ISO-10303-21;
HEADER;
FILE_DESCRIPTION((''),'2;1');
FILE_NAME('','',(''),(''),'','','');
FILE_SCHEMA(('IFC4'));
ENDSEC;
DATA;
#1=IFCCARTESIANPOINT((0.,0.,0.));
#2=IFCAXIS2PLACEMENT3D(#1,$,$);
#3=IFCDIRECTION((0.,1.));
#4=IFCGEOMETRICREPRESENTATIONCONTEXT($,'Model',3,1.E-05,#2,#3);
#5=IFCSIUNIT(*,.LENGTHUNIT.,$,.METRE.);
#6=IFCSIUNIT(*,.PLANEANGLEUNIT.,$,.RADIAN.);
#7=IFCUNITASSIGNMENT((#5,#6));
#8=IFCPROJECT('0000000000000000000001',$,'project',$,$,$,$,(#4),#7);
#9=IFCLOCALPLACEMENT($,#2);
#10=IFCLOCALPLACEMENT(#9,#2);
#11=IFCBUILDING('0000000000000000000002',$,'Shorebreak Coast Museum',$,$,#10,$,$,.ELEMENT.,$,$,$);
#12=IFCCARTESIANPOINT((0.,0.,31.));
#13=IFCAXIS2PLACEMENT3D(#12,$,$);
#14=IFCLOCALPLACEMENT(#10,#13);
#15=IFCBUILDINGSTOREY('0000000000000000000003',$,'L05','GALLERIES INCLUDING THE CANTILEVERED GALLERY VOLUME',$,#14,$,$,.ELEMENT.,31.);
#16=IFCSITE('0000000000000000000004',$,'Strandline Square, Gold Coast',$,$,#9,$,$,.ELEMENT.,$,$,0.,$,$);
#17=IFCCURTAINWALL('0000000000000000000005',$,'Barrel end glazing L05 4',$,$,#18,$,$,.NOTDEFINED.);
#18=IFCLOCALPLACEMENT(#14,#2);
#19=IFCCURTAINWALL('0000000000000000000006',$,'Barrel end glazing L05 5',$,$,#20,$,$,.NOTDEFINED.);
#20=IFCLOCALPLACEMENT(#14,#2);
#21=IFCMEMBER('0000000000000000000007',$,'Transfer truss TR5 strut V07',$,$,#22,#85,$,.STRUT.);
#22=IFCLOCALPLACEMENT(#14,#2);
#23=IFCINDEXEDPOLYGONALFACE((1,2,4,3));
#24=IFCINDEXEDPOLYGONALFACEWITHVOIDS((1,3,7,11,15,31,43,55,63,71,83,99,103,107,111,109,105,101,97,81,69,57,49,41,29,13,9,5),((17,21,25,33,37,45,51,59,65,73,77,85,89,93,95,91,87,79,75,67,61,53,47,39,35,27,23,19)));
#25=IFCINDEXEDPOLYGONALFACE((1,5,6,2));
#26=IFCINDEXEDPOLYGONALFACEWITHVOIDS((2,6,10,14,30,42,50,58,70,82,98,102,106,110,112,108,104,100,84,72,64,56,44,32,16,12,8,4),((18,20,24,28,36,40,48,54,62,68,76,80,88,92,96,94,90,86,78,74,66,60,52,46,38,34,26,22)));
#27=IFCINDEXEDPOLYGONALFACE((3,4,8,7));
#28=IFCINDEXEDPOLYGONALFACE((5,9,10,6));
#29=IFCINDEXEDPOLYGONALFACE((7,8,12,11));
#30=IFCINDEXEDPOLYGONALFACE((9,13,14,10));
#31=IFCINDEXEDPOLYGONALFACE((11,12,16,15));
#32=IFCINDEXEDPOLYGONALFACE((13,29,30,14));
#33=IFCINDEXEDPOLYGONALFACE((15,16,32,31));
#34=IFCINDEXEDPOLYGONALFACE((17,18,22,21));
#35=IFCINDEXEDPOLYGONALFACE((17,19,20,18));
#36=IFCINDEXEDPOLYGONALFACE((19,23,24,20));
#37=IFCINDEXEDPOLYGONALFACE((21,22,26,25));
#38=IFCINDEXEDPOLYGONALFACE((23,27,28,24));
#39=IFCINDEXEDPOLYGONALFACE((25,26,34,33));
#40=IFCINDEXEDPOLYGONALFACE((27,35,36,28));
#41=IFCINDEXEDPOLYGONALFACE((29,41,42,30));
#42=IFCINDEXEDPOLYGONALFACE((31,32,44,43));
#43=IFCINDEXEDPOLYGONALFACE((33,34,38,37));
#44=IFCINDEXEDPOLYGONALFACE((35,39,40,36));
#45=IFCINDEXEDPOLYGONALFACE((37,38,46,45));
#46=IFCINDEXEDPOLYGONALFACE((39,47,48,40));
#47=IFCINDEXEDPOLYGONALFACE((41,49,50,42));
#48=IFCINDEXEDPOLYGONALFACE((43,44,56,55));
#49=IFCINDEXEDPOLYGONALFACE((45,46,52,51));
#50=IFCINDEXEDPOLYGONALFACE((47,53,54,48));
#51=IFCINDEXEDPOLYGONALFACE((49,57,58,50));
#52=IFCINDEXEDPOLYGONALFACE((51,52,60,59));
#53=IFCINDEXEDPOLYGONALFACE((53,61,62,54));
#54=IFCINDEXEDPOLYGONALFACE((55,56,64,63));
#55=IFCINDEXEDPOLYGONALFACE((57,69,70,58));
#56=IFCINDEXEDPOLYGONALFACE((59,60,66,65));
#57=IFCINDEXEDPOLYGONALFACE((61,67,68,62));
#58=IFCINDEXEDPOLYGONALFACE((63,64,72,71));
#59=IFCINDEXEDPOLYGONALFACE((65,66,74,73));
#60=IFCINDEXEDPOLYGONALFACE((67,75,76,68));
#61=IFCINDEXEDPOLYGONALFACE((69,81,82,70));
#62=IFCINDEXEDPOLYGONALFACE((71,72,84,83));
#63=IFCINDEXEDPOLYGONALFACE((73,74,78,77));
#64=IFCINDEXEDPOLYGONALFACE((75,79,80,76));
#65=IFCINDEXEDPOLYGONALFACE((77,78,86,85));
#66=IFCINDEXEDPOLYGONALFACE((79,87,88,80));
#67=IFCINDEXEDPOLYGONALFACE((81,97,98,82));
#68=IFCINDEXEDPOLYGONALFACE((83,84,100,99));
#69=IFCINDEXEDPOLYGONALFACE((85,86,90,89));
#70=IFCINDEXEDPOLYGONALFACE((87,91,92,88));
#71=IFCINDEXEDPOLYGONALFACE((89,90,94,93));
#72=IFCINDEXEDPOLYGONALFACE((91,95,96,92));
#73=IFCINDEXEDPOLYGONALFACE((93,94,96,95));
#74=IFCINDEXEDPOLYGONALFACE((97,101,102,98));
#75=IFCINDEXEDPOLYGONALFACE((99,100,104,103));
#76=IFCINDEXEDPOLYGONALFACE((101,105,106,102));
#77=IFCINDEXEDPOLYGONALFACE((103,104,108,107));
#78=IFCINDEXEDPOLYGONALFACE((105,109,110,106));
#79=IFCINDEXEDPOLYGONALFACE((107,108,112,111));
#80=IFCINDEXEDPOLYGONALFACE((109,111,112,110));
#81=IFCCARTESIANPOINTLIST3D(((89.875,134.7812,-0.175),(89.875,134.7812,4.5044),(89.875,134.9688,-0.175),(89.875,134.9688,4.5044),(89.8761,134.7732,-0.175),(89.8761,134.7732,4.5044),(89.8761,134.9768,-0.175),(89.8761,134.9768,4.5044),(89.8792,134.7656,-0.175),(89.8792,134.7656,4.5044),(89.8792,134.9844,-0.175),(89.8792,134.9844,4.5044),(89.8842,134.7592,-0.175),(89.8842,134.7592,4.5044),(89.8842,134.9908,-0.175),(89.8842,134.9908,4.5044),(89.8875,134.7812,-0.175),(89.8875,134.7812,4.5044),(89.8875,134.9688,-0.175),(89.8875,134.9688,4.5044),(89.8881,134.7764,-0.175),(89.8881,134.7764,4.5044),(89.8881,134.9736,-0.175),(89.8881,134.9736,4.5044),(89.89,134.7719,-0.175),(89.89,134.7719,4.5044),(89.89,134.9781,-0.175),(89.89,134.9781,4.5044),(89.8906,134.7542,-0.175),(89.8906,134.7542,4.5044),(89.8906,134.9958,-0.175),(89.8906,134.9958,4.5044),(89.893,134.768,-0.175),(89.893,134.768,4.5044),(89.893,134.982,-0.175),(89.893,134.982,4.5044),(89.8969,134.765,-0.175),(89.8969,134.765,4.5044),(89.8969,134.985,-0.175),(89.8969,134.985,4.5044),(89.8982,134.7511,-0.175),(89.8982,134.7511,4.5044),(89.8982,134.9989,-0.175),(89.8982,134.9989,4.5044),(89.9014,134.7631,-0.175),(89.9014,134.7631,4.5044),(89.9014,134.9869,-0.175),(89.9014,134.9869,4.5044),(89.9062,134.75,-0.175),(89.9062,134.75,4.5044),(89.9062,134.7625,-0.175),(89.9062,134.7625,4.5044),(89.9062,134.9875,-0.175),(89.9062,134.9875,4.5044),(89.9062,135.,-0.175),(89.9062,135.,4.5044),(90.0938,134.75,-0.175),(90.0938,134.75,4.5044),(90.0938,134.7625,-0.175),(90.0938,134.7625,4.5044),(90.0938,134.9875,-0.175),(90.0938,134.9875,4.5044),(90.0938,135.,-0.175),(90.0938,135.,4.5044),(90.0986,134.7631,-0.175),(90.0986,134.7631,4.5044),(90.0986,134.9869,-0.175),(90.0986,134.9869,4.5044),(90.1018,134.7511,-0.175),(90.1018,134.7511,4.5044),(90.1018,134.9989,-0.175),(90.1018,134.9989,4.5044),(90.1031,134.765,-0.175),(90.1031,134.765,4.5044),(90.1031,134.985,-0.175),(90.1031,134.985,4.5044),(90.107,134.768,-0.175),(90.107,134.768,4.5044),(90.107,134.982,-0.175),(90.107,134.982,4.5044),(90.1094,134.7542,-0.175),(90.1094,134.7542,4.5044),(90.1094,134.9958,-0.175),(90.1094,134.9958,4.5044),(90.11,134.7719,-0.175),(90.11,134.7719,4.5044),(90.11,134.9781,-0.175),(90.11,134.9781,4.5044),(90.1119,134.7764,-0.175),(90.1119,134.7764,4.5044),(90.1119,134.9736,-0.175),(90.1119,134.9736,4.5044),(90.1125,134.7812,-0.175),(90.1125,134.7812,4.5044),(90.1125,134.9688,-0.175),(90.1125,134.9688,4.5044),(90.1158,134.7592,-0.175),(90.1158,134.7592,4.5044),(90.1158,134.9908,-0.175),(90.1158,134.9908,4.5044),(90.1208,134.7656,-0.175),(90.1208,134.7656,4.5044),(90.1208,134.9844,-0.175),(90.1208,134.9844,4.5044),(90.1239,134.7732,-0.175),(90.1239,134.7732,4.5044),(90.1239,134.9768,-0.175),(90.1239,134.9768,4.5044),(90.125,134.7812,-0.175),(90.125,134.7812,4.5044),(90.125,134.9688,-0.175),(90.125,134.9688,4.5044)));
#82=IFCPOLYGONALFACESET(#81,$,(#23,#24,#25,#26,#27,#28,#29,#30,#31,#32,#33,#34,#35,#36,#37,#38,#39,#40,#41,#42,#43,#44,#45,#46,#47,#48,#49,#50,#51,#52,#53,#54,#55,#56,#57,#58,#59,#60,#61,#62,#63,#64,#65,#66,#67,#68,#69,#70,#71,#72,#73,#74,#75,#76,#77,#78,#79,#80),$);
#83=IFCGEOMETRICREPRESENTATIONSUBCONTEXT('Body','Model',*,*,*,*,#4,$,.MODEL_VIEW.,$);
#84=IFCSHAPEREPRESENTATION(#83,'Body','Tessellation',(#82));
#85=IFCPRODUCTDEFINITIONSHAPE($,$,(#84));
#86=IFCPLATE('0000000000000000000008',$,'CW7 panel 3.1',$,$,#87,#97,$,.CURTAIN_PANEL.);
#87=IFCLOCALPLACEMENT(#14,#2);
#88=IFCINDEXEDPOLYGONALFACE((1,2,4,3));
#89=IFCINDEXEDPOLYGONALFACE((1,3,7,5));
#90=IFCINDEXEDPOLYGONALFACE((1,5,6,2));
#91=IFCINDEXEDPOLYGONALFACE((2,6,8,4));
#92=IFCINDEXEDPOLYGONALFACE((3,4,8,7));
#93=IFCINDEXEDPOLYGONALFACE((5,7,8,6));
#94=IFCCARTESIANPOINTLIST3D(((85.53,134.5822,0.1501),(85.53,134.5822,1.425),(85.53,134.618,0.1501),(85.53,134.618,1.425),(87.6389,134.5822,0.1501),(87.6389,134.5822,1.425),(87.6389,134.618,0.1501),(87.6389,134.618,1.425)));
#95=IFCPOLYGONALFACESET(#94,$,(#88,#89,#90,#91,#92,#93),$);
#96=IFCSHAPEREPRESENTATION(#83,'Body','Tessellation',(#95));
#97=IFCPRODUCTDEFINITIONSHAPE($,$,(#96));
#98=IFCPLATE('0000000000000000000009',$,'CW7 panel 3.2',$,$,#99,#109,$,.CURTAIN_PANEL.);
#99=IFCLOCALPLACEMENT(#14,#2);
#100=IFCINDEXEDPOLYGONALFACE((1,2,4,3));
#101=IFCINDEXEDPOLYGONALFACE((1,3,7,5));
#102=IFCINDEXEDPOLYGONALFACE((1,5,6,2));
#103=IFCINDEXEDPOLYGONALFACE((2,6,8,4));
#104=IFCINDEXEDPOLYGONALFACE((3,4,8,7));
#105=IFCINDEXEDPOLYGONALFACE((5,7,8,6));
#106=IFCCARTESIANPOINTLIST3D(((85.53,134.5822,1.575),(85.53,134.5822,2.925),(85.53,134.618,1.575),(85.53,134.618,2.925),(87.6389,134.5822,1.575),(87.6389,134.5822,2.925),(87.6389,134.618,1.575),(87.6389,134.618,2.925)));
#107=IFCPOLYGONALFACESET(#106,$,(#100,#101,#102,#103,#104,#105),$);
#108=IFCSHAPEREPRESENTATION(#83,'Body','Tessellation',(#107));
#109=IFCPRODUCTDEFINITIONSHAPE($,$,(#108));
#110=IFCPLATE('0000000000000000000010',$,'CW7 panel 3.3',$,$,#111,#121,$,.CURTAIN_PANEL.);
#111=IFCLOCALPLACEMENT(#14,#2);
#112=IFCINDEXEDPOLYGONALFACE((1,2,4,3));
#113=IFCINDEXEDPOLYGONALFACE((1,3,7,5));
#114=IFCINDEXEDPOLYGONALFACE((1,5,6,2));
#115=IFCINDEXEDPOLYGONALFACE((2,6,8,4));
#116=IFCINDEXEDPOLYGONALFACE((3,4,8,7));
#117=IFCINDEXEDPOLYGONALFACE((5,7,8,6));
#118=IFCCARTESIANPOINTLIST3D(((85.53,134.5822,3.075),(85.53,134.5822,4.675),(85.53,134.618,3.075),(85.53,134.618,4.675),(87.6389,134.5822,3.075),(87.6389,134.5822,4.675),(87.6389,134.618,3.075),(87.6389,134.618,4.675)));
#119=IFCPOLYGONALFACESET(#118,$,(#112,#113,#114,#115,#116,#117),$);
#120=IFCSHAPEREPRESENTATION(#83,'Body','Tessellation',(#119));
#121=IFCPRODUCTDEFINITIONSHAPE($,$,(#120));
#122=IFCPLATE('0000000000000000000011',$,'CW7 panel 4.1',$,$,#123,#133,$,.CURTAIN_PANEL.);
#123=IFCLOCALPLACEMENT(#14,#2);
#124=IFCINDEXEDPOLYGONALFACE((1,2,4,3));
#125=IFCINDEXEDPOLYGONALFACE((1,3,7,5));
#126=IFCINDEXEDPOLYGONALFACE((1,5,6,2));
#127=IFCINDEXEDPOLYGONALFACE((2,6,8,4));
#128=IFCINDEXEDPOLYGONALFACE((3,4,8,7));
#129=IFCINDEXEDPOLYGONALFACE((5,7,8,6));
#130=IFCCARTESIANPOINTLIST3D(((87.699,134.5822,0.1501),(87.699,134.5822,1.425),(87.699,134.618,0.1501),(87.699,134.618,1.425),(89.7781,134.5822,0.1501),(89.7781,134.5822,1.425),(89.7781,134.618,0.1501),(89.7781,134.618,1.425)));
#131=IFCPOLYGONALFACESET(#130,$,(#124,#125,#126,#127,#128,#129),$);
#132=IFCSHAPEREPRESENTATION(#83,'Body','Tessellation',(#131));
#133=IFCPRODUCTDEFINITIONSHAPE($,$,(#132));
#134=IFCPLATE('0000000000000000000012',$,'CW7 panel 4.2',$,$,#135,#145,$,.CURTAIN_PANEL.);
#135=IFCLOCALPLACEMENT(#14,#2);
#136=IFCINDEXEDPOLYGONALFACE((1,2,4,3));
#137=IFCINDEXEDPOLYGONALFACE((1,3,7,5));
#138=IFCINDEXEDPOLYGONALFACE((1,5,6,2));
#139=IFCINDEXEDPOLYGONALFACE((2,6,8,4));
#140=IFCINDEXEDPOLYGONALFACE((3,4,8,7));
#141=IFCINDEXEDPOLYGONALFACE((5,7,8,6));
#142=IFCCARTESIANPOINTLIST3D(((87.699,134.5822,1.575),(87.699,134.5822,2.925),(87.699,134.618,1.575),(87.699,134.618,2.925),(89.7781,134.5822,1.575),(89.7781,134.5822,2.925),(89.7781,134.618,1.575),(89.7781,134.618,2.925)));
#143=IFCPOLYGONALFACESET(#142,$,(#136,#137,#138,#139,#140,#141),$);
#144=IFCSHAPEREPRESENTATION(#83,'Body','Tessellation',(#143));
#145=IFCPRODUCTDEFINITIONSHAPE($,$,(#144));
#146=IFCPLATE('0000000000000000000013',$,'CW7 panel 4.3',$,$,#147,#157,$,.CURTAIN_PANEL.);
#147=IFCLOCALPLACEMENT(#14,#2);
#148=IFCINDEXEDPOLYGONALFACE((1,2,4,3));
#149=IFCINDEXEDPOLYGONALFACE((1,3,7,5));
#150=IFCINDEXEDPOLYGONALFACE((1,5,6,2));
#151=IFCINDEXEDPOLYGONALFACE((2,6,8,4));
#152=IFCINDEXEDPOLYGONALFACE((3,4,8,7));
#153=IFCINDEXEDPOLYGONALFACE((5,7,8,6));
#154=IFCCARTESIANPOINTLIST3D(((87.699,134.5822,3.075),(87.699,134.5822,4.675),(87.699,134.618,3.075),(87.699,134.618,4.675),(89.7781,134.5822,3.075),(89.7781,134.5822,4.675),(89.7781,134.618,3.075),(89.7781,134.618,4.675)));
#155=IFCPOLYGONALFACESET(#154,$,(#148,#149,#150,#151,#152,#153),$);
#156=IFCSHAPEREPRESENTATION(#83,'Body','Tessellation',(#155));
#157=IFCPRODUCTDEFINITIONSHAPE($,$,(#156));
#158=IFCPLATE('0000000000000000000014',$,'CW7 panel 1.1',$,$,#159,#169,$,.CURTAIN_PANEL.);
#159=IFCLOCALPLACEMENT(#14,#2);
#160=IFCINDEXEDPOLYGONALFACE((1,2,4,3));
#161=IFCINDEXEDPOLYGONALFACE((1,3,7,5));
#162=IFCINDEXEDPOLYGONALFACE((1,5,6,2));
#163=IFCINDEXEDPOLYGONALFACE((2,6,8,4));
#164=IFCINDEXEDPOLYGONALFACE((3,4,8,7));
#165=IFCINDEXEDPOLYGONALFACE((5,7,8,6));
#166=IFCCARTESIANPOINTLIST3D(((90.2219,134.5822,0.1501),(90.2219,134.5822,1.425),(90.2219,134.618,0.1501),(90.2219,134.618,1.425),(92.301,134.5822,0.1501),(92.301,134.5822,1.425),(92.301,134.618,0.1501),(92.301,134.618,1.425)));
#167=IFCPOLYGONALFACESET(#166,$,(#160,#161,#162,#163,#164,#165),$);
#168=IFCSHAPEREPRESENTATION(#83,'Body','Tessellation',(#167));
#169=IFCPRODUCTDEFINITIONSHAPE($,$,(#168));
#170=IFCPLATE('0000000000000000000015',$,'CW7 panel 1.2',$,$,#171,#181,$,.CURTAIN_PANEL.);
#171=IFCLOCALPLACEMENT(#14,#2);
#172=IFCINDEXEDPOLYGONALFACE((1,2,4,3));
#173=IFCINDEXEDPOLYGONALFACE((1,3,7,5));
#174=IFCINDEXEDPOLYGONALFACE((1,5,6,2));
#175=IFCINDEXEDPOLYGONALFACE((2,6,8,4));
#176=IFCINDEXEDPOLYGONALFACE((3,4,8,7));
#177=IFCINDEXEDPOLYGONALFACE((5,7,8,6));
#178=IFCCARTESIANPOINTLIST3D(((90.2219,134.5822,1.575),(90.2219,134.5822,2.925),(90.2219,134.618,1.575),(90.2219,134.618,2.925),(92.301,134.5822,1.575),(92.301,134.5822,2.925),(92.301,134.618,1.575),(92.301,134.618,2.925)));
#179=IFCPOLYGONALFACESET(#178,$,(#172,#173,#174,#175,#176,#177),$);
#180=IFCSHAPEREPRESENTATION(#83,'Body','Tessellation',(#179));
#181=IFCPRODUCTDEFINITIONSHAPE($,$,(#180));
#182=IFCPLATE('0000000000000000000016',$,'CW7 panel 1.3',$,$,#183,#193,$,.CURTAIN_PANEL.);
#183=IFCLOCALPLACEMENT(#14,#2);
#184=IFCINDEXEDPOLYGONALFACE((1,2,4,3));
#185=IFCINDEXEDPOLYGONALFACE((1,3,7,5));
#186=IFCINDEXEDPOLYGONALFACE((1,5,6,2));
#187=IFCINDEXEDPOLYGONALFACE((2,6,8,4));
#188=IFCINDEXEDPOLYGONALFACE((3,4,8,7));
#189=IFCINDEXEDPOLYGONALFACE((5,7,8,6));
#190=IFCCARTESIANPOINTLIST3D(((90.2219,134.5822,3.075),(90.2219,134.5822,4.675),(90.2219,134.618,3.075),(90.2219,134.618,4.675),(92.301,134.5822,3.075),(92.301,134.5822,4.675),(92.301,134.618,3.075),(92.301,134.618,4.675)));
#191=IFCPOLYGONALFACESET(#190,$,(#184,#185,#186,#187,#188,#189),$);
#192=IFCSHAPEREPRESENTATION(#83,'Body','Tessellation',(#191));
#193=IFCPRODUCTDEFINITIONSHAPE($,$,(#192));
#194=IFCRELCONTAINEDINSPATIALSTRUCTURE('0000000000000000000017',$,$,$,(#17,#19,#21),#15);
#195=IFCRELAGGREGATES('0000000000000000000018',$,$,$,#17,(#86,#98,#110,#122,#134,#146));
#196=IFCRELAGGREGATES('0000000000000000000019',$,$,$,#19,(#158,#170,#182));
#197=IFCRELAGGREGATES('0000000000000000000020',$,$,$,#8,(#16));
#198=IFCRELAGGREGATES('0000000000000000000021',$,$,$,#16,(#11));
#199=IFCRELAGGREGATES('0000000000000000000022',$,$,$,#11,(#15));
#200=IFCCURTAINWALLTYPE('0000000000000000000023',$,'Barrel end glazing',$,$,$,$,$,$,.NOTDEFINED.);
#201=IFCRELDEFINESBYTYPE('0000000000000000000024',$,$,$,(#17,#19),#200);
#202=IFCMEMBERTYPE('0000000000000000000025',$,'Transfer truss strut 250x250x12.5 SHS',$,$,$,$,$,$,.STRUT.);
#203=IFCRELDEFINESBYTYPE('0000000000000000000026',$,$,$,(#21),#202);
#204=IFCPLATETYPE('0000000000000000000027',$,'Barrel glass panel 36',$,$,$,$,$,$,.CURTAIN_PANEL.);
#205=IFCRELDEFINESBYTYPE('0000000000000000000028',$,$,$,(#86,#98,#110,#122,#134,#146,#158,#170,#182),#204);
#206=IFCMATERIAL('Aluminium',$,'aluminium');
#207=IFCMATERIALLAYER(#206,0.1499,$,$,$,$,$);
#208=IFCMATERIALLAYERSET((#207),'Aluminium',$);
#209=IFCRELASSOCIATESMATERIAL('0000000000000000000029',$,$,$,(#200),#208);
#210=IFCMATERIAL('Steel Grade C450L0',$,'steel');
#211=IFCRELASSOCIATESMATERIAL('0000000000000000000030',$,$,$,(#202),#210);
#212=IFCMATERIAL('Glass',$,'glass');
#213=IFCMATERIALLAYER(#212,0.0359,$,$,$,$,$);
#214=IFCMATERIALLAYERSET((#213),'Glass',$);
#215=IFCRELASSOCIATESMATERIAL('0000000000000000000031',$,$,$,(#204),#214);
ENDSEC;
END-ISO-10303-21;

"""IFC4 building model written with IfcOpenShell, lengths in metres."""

from ifc_helpers import new_model, si_unit, direction, frame, origin, origin_2d, place, context, subcontext, project, spatial, rectangle, hollow_rectangle, extrude, material, layer, layer_set, material_profile, profile_set, type_object, element, aggregate, save


model = new_model("IFC4")

# Units and contexts
model_context = context("Model", 3, precision=1e-05, world=origin(), true_north=direction((0.0, 1.0)))
body_context = subcontext(model_context, "Body", "Model", "MODEL_VIEW")
ifc_project = project(units=[si_unit("LENGTHUNIT", "METRE"), si_unit("PLANEANGLEUNIT", "RADIAN")], contexts=[model_context])

# Site, building, storey
site_placement = place(None, origin())
site = spatial("IfcSite", under=ifc_project, at=site_placement, Name="Strandline Square, Gold Coast", CompositionType="ELEMENT", RefElevation=0.0)
building_placement = place(site_placement, origin())
building = spatial("IfcBuilding", under=site, at=building_placement, Name="Shorebreak Coast Museum", CompositionType="ELEMENT")
storey_placement = place(building_placement, frame((0.0, 0.0, 31.0)))
storey = spatial("IfcBuildingStorey", under=building, at=storey_placement, Name="L05", Description="GALLERIES INCLUDING THE CANTILEVERED GALLERY VOLUME", CompositionType="ELEMENT", Elevation=31.0)

# Curtain walls
ifc_material_1 = material(Name="Aluminium", Category="aluminium")
ifc_layer_1 = layer(ifc_material_1, 0.1499)
ifc_layer_set_1 = layer_set([ifc_layer_1], Name="Aluminium")
curtain_wall_type = type_object("IfcCurtainWallType", Name="Barrel end glazing", PredefinedType="NOTDEFINED", material=ifc_layer_set_1)
curtain_wall_1_placement = place(storey_placement, origin())
curtain_wall_1 = element("IfcCurtainWall", 1, at=curtain_wall_1_placement, inside=storey, type_object=curtain_wall_type, Name="Barrel end glazing L05 4", PredefinedType="NOTDEFINED")
curtain_wall_2_placement = place(storey_placement, origin())
curtain_wall_2 = element("IfcCurtainWall", 2, at=curtain_wall_2_placement, inside=storey, type_object=curtain_wall_type, Name="Barrel end glazing L05 5", PredefinedType="NOTDEFINED")

# Member
ifc_material_2 = material(Name="Steel Grade C450L0", Category="steel")
ifc_material_profile_1 = material_profile(ifc_material_2, hollow_rectangle(XDim=0.25, YDim=0.25, WallThickness=0.0125, InnerFilletRadius=0.0188, OuterFilletRadius=0.0312, at=origin_2d()), Name="250x250x12.5 SHS")
ifc_profile_set_1 = profile_set([ifc_material_profile_1], Name="Steel Grade C450L0")
member_type_1 = type_object("IfcMemberType", Name="Transfer truss strut 250x250x12.5 SHS", PredefinedType="STRUT", material=ifc_profile_set_1)
member_1_placement = place(storey_placement, frame((90.0, 134.875, -0.175), z_axis=(0.0, 0.0, 1.0), x_axis=(1.0, 0.0, 0.0)))
element("IfcMember", 3, at=member_1_placement, inside=storey, type_object=member_type_1, Name="Transfer truss TR5 strut V07", PredefinedType="STRUT", context=body_context, shape_type="SweptSolid", body=[
    extrude(hollow_rectangle(XDim=0.25, YDim=0.25, WallThickness=0.0125, InnerFilletRadius=0.0188, OuterFilletRadius=0.0312, at=origin_2d()), origin(), (0.0, 0.0, 1.0), 4.6794),
])

# Plates
ifc_material_3 = material(Name="Glass", Category="glass")
ifc_layer_2 = layer(ifc_material_3, 0.0359)
ifc_layer_set_2 = layer_set([ifc_layer_2], Name="Glass")
plate_type = type_object("IfcPlateType", Name="Barrel glass panel 36", PredefinedType="CURTAIN_PANEL", material=ifc_layer_set_2)
plate_1_placement = place(storey_placement, frame((86.5845, 134.6001, 0.1501), z_axis=(0.0, 0.0, 1.0), x_axis=(1.0, 0.0, 0.0)))
plate_1 = element("IfcPlate", 4, at=plate_1_placement, type_object=plate_type, Name="CW7 panel 3.1", PredefinedType="CURTAIN_PANEL", context=body_context, shape_type="SweptSolid", body=[
    extrude(rectangle(XDim=2.1089, YDim=0.0359, at=origin_2d()), origin(), (0.0, 0.0, 1.0), 1.2749),
])
plate_2_placement = place(storey_placement, frame((86.5845, 134.6001, 1.575), z_axis=(0.0, 0.0, 1.0), x_axis=(1.0, 0.0, 0.0)))
plate_2 = element("IfcPlate", 5, at=plate_2_placement, type_object=plate_type, Name="CW7 panel 3.2", PredefinedType="CURTAIN_PANEL", context=body_context, shape_type="SweptSolid", body=[
    extrude(rectangle(XDim=2.1089, YDim=0.0359, at=origin_2d()), origin(), (0.0, 0.0, 1.0), 1.3501),
])
plate_3_placement = place(storey_placement, frame((86.5845, 134.6001, 3.075), z_axis=(0.0, 0.0, 1.0), x_axis=(1.0, 0.0, 0.0)))
plate_3 = element("IfcPlate", 6, at=plate_3_placement, type_object=plate_type, Name="CW7 panel 3.3", PredefinedType="CURTAIN_PANEL", context=body_context, shape_type="SweptSolid", body=[
    extrude(rectangle(XDim=2.1089, YDim=0.0359, at=origin_2d()), origin(), (0.0, 0.0, 1.0), 1.6001),
])
plate_4_placement = place(storey_placement, frame((88.7385, 134.6001, 0.1501), z_axis=(0.0, 0.0, 1.0), x_axis=(1.0, 0.0, 0.0)))
plate_4 = element("IfcPlate", 7, at=plate_4_placement, type_object=plate_type, Name="CW7 panel 4.1", PredefinedType="CURTAIN_PANEL", context=body_context, shape_type="SweptSolid", body=[
    extrude(rectangle(XDim=2.0791, YDim=0.0359, at=origin_2d()), origin(), (0.0, 0.0, 1.0), 1.2749),
])
plate_5_placement = place(storey_placement, frame((88.7385, 134.6001, 1.575), z_axis=(0.0, 0.0, 1.0), x_axis=(1.0, 0.0, 0.0)))
plate_5 = element("IfcPlate", 8, at=plate_5_placement, type_object=plate_type, Name="CW7 panel 4.2", PredefinedType="CURTAIN_PANEL", context=body_context, shape_type="SweptSolid", body=[
    extrude(rectangle(XDim=2.0791, YDim=0.0359, at=origin_2d()), origin(), (0.0, 0.0, 1.0), 1.3501),
])
plate_6_placement = place(storey_placement, frame((88.7385, 134.6001, 3.075), z_axis=(0.0, 0.0, 1.0), x_axis=(1.0, 0.0, 0.0)))
plate_6 = element("IfcPlate", 9, at=plate_6_placement, type_object=plate_type, Name="CW7 panel 4.3", PredefinedType="CURTAIN_PANEL", context=body_context, shape_type="SweptSolid", body=[
    extrude(rectangle(XDim=2.0791, YDim=0.0359, at=origin_2d()), origin(), (0.0, 0.0, 1.0), 1.6001),
])
aggregate(curtain_wall_1, [plate_1, plate_2, plate_3, plate_4, plate_5, plate_6])
plate_7_placement = place(storey_placement, frame((91.2615, 134.6001, 0.1501), z_axis=(0.0, 0.0, 1.0), x_axis=(1.0, 0.0, 0.0)))
plate_7 = element("IfcPlate", 10, at=plate_7_placement, type_object=plate_type, Name="CW7 panel 1.1", PredefinedType="CURTAIN_PANEL", context=body_context, shape_type="SweptSolid", body=[
    extrude(rectangle(XDim=2.0791, YDim=0.0359, at=origin_2d()), origin(), (0.0, 0.0, 1.0), 1.2749),
])
plate_8_placement = place(storey_placement, frame((91.2615, 134.6001, 1.575), z_axis=(0.0, 0.0, 1.0), x_axis=(1.0, 0.0, 0.0)))
plate_8 = element("IfcPlate", 11, at=plate_8_placement, type_object=plate_type, Name="CW7 panel 1.2", PredefinedType="CURTAIN_PANEL", context=body_context, shape_type="SweptSolid", body=[
    extrude(rectangle(XDim=2.0791, YDim=0.0359, at=origin_2d()), origin(), (0.0, 0.0, 1.0), 1.3501),
])
plate_9_placement = place(storey_placement, frame((91.2615, 134.6001, 3.075), z_axis=(0.0, 0.0, 1.0), x_axis=(1.0, 0.0, 0.0)))
plate_9 = element("IfcPlate", 12, at=plate_9_placement, type_object=plate_type, Name="CW7 panel 1.3", PredefinedType="CURTAIN_PANEL", context=body_context, shape_type="SweptSolid", body=[
    extrude(rectangle(XDim=2.0791, YDim=0.0359, at=origin_2d()), origin(), (0.0, 0.0, 1.0), 1.6001),
])
aggregate(curtain_wall_2, [plate_7, plate_8, plate_9])

save(model, "model.ifc")
